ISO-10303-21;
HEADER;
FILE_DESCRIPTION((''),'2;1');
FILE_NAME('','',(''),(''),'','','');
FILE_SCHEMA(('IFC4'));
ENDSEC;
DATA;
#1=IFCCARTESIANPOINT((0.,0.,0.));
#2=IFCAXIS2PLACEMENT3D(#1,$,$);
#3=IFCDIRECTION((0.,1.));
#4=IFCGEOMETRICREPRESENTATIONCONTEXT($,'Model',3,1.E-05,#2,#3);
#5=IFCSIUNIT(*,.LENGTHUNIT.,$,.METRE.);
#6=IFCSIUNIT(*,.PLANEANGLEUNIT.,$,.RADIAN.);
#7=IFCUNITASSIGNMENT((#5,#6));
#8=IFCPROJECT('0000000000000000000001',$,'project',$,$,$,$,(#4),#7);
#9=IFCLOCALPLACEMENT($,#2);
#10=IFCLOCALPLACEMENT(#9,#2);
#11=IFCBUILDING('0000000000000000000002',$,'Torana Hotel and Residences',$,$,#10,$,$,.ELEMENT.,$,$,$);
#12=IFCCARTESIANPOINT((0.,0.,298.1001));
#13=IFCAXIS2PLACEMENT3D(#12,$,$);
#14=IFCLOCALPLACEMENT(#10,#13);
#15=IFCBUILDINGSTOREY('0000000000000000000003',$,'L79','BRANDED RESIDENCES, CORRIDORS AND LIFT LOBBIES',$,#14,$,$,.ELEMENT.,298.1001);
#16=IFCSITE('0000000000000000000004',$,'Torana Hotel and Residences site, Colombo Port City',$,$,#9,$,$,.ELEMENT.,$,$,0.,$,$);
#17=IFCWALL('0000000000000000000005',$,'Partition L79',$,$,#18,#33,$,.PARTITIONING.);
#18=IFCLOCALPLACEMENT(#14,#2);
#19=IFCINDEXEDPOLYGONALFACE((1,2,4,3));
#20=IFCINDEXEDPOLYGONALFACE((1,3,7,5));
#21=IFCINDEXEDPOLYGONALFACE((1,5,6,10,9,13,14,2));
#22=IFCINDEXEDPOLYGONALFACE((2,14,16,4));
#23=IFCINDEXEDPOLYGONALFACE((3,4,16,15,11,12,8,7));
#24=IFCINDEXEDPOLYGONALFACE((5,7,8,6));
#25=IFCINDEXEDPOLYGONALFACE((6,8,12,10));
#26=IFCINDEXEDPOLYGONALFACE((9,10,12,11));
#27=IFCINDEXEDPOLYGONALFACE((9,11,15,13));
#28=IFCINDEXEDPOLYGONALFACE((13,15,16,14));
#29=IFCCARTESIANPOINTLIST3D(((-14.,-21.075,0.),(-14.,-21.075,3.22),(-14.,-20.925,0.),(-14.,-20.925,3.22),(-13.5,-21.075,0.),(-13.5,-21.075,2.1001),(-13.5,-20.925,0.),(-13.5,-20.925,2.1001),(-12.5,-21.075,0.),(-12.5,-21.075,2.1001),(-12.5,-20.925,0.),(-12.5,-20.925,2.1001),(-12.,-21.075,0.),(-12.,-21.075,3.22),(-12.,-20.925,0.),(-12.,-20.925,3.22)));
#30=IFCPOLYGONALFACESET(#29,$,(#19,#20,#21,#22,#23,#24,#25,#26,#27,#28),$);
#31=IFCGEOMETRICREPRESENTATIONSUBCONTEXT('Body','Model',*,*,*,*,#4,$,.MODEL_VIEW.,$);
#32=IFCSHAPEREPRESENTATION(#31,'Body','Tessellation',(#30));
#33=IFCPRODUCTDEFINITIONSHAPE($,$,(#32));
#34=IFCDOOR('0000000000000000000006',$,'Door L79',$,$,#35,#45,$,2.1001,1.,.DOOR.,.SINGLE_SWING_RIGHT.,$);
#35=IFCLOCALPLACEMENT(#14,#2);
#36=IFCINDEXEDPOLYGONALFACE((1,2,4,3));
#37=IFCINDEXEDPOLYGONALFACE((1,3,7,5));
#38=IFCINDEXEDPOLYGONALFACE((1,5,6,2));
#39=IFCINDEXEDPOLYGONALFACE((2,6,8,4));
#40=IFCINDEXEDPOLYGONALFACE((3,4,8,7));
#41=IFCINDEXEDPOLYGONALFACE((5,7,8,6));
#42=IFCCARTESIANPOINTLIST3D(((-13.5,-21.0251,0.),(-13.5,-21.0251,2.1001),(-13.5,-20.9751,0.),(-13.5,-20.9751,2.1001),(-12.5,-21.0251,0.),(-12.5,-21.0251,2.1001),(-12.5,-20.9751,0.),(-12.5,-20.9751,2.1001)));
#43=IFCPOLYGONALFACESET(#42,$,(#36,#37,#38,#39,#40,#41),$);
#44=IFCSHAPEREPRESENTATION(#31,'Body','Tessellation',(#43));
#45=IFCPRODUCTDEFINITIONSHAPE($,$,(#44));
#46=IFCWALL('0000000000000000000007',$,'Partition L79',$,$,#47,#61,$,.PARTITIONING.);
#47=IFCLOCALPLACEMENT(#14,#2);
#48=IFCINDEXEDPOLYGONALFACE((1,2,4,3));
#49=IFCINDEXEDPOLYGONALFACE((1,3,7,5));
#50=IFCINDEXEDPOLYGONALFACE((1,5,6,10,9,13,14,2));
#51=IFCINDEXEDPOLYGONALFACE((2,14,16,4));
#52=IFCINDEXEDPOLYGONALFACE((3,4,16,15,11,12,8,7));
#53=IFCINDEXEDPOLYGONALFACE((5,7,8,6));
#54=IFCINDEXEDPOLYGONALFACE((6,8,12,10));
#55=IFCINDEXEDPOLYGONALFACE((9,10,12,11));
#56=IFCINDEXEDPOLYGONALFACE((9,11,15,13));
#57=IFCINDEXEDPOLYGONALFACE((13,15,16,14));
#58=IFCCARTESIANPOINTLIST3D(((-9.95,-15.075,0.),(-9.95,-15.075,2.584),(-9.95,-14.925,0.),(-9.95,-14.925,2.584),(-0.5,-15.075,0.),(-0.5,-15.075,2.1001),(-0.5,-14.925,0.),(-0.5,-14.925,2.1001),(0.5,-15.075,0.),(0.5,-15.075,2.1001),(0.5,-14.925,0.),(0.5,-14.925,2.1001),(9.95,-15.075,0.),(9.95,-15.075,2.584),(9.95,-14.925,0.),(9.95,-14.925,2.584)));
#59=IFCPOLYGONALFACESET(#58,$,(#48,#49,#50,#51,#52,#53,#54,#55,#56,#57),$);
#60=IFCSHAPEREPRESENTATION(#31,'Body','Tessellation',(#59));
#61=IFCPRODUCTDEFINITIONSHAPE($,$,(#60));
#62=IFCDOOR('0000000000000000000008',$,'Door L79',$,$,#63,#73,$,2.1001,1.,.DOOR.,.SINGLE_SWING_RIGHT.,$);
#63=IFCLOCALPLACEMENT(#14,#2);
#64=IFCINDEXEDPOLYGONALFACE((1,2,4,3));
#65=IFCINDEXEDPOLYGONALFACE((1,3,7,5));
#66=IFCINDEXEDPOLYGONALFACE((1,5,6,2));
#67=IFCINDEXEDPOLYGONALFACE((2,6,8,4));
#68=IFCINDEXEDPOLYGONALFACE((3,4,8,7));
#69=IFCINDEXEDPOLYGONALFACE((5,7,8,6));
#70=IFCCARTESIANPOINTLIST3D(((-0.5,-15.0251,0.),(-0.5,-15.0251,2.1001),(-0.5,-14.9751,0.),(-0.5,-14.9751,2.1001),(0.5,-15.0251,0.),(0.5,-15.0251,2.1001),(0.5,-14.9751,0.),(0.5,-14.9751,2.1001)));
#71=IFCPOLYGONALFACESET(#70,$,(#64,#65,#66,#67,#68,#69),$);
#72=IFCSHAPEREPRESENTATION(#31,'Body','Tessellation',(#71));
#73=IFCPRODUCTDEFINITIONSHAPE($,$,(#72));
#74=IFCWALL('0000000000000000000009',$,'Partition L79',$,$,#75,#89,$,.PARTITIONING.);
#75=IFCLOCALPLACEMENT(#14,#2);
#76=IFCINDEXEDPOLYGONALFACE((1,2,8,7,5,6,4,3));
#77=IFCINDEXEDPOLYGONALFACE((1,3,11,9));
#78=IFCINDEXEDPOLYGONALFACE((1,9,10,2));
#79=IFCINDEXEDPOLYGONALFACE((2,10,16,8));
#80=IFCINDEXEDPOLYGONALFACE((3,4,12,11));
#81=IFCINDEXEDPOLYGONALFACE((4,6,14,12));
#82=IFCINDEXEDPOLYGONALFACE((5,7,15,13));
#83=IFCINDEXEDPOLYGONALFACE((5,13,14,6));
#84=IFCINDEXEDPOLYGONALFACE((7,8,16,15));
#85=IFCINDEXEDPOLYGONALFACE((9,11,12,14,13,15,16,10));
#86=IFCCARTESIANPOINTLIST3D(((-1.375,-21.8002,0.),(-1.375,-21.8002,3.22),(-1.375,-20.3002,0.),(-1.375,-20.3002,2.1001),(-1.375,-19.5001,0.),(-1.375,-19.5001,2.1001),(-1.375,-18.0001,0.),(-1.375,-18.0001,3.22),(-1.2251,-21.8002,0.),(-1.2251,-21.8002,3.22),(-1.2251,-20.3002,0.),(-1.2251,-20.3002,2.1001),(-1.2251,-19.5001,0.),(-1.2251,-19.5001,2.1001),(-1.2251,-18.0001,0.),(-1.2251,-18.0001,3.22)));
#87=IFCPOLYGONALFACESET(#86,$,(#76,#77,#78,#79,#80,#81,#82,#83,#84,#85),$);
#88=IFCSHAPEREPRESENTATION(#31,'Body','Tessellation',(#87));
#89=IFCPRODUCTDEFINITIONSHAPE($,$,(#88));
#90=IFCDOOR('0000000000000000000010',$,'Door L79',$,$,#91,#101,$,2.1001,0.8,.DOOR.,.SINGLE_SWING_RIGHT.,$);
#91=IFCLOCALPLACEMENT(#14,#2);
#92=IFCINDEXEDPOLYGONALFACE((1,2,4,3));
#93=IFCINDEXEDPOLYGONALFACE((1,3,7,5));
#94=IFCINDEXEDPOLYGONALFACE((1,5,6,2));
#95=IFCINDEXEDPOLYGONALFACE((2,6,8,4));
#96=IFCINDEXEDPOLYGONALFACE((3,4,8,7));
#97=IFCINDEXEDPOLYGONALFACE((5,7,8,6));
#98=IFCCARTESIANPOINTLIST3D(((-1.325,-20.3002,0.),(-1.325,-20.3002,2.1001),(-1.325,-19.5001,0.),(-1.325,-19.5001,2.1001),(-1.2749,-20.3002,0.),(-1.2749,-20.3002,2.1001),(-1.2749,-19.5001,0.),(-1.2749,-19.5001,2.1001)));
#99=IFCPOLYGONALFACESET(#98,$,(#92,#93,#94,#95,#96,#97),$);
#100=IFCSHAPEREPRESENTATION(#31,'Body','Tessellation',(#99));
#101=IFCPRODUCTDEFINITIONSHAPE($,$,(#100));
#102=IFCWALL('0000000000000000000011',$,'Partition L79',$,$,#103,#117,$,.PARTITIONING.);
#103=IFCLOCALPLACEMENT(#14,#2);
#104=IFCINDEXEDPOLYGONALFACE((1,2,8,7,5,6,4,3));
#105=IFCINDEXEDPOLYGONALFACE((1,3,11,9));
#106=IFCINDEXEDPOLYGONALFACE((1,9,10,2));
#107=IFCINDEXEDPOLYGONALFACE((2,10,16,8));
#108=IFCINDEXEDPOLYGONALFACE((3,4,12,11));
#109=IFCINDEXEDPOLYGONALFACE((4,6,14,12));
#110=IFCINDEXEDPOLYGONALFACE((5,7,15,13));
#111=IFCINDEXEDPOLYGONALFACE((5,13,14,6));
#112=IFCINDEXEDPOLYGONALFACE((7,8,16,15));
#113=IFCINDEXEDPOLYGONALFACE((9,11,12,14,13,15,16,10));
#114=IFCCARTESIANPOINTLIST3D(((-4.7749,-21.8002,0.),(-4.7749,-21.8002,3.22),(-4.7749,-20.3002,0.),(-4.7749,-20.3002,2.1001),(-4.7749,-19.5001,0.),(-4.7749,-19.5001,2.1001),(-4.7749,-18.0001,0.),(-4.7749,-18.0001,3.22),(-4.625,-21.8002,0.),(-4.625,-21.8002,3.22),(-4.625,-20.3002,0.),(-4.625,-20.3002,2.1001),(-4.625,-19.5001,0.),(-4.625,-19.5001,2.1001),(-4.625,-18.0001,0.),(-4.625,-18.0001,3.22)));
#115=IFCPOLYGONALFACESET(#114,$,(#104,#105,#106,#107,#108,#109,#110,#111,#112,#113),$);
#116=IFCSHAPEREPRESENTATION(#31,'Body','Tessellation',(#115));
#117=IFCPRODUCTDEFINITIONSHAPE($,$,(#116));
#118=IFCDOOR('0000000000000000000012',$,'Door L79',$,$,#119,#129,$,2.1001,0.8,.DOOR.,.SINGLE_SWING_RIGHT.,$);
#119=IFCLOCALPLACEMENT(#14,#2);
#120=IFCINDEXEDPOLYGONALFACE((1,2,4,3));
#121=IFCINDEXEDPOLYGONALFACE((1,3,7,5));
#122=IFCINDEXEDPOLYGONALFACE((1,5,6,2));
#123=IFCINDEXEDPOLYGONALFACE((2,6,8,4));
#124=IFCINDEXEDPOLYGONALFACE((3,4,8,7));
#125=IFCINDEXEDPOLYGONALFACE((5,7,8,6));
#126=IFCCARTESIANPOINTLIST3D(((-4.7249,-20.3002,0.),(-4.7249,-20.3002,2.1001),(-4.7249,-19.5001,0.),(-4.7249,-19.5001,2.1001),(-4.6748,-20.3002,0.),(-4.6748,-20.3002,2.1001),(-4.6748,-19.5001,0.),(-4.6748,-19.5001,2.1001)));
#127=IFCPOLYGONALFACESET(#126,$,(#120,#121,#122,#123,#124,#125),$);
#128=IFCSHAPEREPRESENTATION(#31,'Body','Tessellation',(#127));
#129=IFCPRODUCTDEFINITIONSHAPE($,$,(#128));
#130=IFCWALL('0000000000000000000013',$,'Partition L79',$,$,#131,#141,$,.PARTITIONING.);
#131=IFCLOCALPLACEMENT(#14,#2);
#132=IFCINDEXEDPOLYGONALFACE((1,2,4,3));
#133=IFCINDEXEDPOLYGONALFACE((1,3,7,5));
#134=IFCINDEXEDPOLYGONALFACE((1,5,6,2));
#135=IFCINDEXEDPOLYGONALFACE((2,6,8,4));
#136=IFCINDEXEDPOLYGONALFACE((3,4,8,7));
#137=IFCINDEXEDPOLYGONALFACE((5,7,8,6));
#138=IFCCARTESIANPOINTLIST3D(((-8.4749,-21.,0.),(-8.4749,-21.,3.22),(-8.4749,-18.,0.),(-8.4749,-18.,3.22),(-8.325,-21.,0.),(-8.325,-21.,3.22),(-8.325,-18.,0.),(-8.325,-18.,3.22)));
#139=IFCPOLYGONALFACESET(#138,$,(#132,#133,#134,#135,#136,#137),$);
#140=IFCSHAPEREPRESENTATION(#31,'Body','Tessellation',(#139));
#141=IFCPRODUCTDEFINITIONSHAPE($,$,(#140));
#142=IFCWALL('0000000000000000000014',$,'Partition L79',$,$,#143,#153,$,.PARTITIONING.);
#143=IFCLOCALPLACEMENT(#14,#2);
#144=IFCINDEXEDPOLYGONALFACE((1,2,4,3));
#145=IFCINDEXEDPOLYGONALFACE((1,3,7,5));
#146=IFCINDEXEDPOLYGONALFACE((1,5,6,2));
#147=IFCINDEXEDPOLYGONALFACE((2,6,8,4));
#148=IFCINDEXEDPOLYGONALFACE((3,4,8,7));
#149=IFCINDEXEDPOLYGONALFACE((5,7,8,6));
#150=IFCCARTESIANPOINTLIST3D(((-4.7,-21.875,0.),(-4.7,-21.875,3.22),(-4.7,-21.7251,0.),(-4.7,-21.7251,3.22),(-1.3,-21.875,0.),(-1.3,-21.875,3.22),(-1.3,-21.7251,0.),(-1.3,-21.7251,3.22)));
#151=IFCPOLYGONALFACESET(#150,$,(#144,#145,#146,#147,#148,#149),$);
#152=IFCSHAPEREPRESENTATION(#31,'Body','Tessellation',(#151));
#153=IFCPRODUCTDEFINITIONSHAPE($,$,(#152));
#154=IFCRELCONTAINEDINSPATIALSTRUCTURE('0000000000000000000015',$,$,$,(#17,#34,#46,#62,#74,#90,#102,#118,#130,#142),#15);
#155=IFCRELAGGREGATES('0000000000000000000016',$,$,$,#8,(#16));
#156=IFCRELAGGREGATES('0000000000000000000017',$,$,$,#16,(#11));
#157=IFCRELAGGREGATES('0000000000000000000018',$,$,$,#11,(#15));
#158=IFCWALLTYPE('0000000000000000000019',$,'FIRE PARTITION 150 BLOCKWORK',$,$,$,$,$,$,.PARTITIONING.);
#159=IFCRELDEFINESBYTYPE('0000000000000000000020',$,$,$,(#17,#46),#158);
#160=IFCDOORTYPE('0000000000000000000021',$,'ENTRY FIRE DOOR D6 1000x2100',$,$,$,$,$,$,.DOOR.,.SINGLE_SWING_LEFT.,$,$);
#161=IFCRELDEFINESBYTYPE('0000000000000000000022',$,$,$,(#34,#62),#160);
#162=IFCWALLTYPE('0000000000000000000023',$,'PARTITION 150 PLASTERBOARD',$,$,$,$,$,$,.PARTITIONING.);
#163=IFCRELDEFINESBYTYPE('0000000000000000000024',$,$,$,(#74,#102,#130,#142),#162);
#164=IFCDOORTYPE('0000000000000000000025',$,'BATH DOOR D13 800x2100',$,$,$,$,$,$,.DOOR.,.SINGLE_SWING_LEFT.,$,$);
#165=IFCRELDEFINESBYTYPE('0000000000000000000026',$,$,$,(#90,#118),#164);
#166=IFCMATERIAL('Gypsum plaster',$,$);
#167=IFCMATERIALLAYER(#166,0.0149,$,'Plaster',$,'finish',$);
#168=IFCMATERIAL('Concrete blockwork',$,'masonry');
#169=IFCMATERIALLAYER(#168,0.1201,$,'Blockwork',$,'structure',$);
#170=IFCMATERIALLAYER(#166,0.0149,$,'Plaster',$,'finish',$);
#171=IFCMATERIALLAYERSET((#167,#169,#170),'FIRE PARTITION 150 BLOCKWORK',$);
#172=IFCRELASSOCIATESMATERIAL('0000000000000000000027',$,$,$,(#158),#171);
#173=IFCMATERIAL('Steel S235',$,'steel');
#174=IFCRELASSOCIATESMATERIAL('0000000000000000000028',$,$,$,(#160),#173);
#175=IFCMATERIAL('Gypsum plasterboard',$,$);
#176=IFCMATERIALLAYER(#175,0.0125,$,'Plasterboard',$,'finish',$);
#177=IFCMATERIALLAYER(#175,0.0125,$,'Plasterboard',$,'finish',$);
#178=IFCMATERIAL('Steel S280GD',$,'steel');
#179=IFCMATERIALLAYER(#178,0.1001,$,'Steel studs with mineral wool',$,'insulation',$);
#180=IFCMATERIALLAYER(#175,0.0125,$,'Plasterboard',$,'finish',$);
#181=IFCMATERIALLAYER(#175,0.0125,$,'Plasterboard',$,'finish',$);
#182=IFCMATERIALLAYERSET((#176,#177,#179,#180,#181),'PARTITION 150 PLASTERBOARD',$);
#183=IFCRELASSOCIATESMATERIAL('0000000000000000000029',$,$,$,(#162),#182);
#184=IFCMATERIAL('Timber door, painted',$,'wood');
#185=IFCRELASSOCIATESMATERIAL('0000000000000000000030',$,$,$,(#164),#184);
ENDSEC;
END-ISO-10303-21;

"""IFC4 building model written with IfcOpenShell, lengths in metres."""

from ifc_helpers import new_model, si_unit, direction, frame, frame_2d, origin, place, context, subcontext, project, spatial, rectangle, extrude, material, layer, layer_set, type_object, element, fill, save


model = new_model("IFC4")

# Units and contexts
model_context = context("Model", 3, precision=1e-05, world=origin(), true_north=direction((0.0, 1.0)))
body_context = subcontext(model_context, "Body", "Model", "MODEL_VIEW")
ifc_project = project(units=[si_unit("LENGTHUNIT", "METRE"), si_unit("PLANEANGLEUNIT", "RADIAN")], contexts=[model_context])

# Site, building, storey
site_placement = place(None, origin())
site = spatial("IfcSite", under=ifc_project, at=site_placement, Name="Torana Hotel and Residences site, Colombo Port City", CompositionType="ELEMENT", RefElevation=0.0)
building_placement = place(site_placement, origin())
building = spatial("IfcBuilding", under=site, at=building_placement, Name="Torana Hotel and Residences", CompositionType="ELEMENT")
storey_placement = place(building_placement, frame((0.0, 0.0, 298.1001)))
storey = spatial("IfcBuildingStorey", under=building, at=storey_placement, Name="L79", Description="BRANDED RESIDENCES, CORRIDORS AND LIFT LOBBIES", CompositionType="ELEMENT", Elevation=298.1001)

# Walls, openings, doors
ifc_material_1 = material(Name="Gypsum plaster")
ifc_layer_1 = layer(ifc_material_1, 0.0149, Name="Plaster", Category="finish")
ifc_material_2 = material(Name="Concrete blockwork", Category="masonry")
ifc_layer_2 = layer(ifc_material_2, 0.1201, Name="Blockwork", Category="structure")
ifc_layer_3 = layer(ifc_material_1, 0.0149, Name="Plaster", Category="finish")
ifc_layer_set_1 = layer_set([ifc_layer_1, ifc_layer_2, ifc_layer_3], Name="FIRE PARTITION 150 BLOCKWORK")
wall_type_1 = type_object("IfcWallType", Name="FIRE PARTITION 150 BLOCKWORK", PredefinedType="PARTITIONING", material=ifc_layer_set_1)
ifc_material_3 = material(Name="Steel S235", Category="steel")
door_type_1 = type_object("IfcDoorType", Name="ENTRY FIRE DOOR D6 1000x2100", OperationType="SINGLE_SWING_LEFT", PredefinedType="DOOR", material=ifc_material_3)
wall_1_placement = place(storey_placement, frame((-14.0, -21.0, 0.0), z_axis=(0.0, 0.0, 1.0), x_axis=(1.0, 0.0, 0.0)))
wall_1 = element("IfcWall", 1, at=wall_1_placement, inside=storey, type_object=wall_type_1, Name="Partition L79", PredefinedType="PARTITIONING", context=body_context, shape_type="SweptSolid", body=[
    extrude(rectangle(XDim=2.0, YDim=0.1499, at=frame_2d((1.0, 0.0))), origin(), (0.0, 0.0, 1.0), 3.22),
])
opening_1_placement = place(wall_1_placement, frame((0.5, 0.0, 0.0)))
opening_1 = element("IfcOpeningElement", 2, at=opening_1_placement, cuts=wall_1, PredefinedType="OPENING", context=body_context, shape_type="SweptSolid", body=[
    extrude(rectangle(XDim=1.0, YDim=2.1001, at=frame_2d((0.5, 1.05))), frame((0.0, 0.085, 0.0), z_axis=(0.0, -1.0, 0.0), x_axis=(1.0, 0.0, 0.0)), (0.0, 0.0, 1.0), 0.1699),
])
door_1_placement = place(opening_1_placement, frame((0.5, 0.0, 0.0), z_axis=(0.0, 0.0, 1.0), x_axis=(-1.0, 0.0, 0.0)))
door_1 = element("IfcDoor", 3, at=door_1_placement, inside=storey, type_object=door_type_1, Name="Door L79", OperationType="SINGLE_SWING_RIGHT", OverallHeight=2.1001, OverallWidth=1.0, PredefinedType="DOOR", context=body_context, shape_type="SweptSolid", body=[
    extrude(rectangle(XDim=1.0, YDim=2.1001, at=frame_2d((0.0, 1.05))), frame((0.0, -0.0249, 0.0), z_axis=(0.0, 1.0, 0.0), x_axis=(-1.0, 0.0, 0.0)), (0.0, 0.0, 1.0), 0.05),
])
fill(opening_1, door_1)
wall_2_placement = place(storey_placement, frame((-9.95, -15.0, 0.0), z_axis=(0.0, 0.0, 1.0), x_axis=(1.0, 0.0, 0.0)))
wall_2 = element("IfcWall", 4, at=wall_2_placement, inside=storey, type_object=wall_type_1, Name="Partition L79", PredefinedType="PARTITIONING", context=body_context, shape_type="SweptSolid", body=[
    extrude(rectangle(XDim=19.8999, YDim=0.1499, at=frame_2d((9.95, 0.0))), origin(), (0.0, 0.0, 1.0), 2.584),
])
opening_2_placement = place(wall_2_placement, frame((9.45, 0.0, 0.0)))
opening_2 = element("IfcOpeningElement", 5, at=opening_2_placement, cuts=wall_2, PredefinedType="OPENING", context=body_context, shape_type="SweptSolid", body=[
    extrude(rectangle(XDim=1.0, YDim=2.1001, at=frame_2d((0.5, 1.05))), frame((0.0, 0.085, 0.0), z_axis=(0.0, -1.0, 0.0), x_axis=(1.0, 0.0, 0.0)), (0.0, 0.0, 1.0), 0.1699),
])
door_2_placement = place(opening_2_placement, origin())
door_2 = element("IfcDoor", 6, at=door_2_placement, inside=storey, type_object=door_type_1, Name="Door L79", OperationType="SINGLE_SWING_RIGHT", OverallHeight=2.1001, OverallWidth=1.0, PredefinedType="DOOR", context=body_context, shape_type="SweptSolid", body=[
    extrude(rectangle(XDim=1.0, YDim=2.1001, at=frame_2d((0.5, 1.05))), frame((0.0, 0.0249, 0.0), z_axis=(0.0, -1.0, 0.0), x_axis=(1.0, 0.0, 0.0)), (0.0, 0.0, 1.0), 0.05),
])
fill(opening_2, door_2)
ifc_material_4 = material(Name="Gypsum plasterboard")
ifc_layer_4 = layer(ifc_material_4, 0.0125, Name="Plasterboard", Category="finish")
ifc_layer_5 = layer(ifc_material_4, 0.0125, Name="Plasterboard", Category="finish")
ifc_material_5 = material(Name="Steel S280GD", Category="steel")
ifc_layer_6 = layer(ifc_material_5, 0.1001, Name="Steel studs with mineral wool", Category="insulation")
ifc_layer_7 = layer(ifc_material_4, 0.0125, Name="Plasterboard", Category="finish")
ifc_layer_8 = layer(ifc_material_4, 0.0125, Name="Plasterboard", Category="finish")
ifc_layer_set_2 = layer_set([ifc_layer_4, ifc_layer_5, ifc_layer_6, ifc_layer_7, ifc_layer_8], Name="PARTITION 150 PLASTERBOARD")
wall_type_2 = type_object("IfcWallType", Name="PARTITION 150 PLASTERBOARD", PredefinedType="PARTITIONING", material=ifc_layer_set_2)
wall_3_placement = place(storey_placement, frame((-1.3, -21.8, 0.0), z_axis=(0.0, 0.0, 1.0), x_axis=(0.0, 1.0, 0.0)))
wall_3 = element("IfcWall", 7, at=wall_3_placement, inside=storey, type_object=wall_type_2, Name="Partition L79", PredefinedType="PARTITIONING", context=body_context, shape_type="SweptSolid", body=[
    extrude(rectangle(XDim=3.8, YDim=0.1499, at=frame_2d((1.8999, 0.0))), origin(), (0.0, 0.0, 1.0), 3.22),
])
opening_3_placement = place(wall_3_placement, frame((1.5, 0.0, 0.0)))
opening_3 = element("IfcOpeningElement", 8, at=opening_3_placement, cuts=wall_3, PredefinedType="OPENING", context=body_context, shape_type="SweptSolid", body=[
    extrude(rectangle(XDim=0.8, YDim=2.1001, at=frame_2d((0.3999, 1.05))), frame((0.0, 0.085, 0.0), z_axis=(0.0, -1.0, 0.0), x_axis=(1.0, 0.0, 0.0)), (0.0, 0.0, 1.0), 0.1699),
])
ifc_material_6 = material(Name="Timber door, painted", Category="wood")
door_type_2 = type_object("IfcDoorType", Name="BATH DOOR D13 800x2100", OperationType="SINGLE_SWING_LEFT", PredefinedType="DOOR", material=ifc_material_6)
door_3_placement = place(opening_3_placement, origin())
door_3 = element("IfcDoor", 9, at=door_3_placement, inside=storey, type_object=door_type_2, Name="Door L79", OperationType="SINGLE_SWING_RIGHT", OverallHeight=2.1001, OverallWidth=0.8, PredefinedType="DOOR", context=body_context, shape_type="SweptSolid", body=[
    extrude(rectangle(XDim=0.8, YDim=2.1001, at=frame_2d((0.3999, 1.05))), frame((0.0, 0.0249, 0.0), z_axis=(0.0, -1.0, 0.0), x_axis=(1.0, 0.0, 0.0)), (0.0, 0.0, 1.0), 0.05),
])
fill(opening_3, door_3)
wall_4_placement = place(storey_placement, frame((-4.7, -21.8, 0.0), z_axis=(0.0, 0.0, 1.0), x_axis=(0.0, 1.0, 0.0)))
wall_4 = element("IfcWall", 10, at=wall_4_placement, inside=storey, type_object=wall_type_2, Name="Partition L79", PredefinedType="PARTITIONING", context=body_context, shape_type="SweptSolid", body=[
    extrude(rectangle(XDim=3.8, YDim=0.1499, at=frame_2d((1.8999, 0.0))), origin(), (0.0, 0.0, 1.0), 3.22),
])
opening_4_placement = place(wall_4_placement, frame((1.5, 0.0, 0.0)))
opening_4 = element("IfcOpeningElement", 11, at=opening_4_placement, cuts=wall_4, PredefinedType="OPENING", context=body_context, shape_type="SweptSolid", body=[
    extrude(rectangle(XDim=0.8, YDim=2.1001, at=frame_2d((0.3999, 1.05))), frame((0.0, 0.085, 0.0), z_axis=(0.0, -1.0, 0.0), x_axis=(1.0, 0.0, 0.0)), (0.0, 0.0, 1.0), 0.1699),
])
door_4_placement = place(opening_4_placement, origin())
door_4 = element("IfcDoor", 12, at=door_4_placement, inside=storey, type_object=door_type_2, Name="Door L79", OperationType="SINGLE_SWING_RIGHT", OverallHeight=2.1001, OverallWidth=0.8, PredefinedType="DOOR", context=body_context, shape_type="SweptSolid", body=[
    extrude(rectangle(XDim=0.8, YDim=2.1001, at=frame_2d((0.3999, 1.05))), frame((0.0, 0.0249, 0.0), z_axis=(0.0, -1.0, 0.0), x_axis=(1.0, 0.0, 0.0)), (0.0, 0.0, 1.0), 0.05),
])
fill(opening_4, door_4)

# Walls
wall_5_placement = place(storey_placement, frame((-8.3999, -21.0, 0.0), z_axis=(0.0, 0.0, 1.0), x_axis=(0.0, 1.0, 0.0)))
element("IfcWall", 13, at=wall_5_placement, inside=storey, type_object=wall_type_2, Name="Partition L79", PredefinedType="PARTITIONING", context=body_context, shape_type="SweptSolid", body=[
    extrude(rectangle(XDim=3.0, YDim=0.1499, at=frame_2d((1.5, 0.0))), origin(), (0.0, 0.0, 1.0), 3.22),
])
wall_6_placement = place(storey_placement, frame((-4.7, -21.8, 0.0), z_axis=(0.0, 0.0, 1.0), x_axis=(1.0, 0.0, 0.0)))
element("IfcWall", 14, at=wall_6_placement, inside=storey, type_object=wall_type_2, Name="Partition L79", PredefinedType="PARTITIONING", context=body_context, shape_type="SweptSolid", body=[
    extrude(rectangle(XDim=3.3999, YDim=0.1499, at=frame_2d((1.7, 0.0))), origin(), (0.0, 0.0, 1.0), 3.22),
])

save(model, "model.ifc")
